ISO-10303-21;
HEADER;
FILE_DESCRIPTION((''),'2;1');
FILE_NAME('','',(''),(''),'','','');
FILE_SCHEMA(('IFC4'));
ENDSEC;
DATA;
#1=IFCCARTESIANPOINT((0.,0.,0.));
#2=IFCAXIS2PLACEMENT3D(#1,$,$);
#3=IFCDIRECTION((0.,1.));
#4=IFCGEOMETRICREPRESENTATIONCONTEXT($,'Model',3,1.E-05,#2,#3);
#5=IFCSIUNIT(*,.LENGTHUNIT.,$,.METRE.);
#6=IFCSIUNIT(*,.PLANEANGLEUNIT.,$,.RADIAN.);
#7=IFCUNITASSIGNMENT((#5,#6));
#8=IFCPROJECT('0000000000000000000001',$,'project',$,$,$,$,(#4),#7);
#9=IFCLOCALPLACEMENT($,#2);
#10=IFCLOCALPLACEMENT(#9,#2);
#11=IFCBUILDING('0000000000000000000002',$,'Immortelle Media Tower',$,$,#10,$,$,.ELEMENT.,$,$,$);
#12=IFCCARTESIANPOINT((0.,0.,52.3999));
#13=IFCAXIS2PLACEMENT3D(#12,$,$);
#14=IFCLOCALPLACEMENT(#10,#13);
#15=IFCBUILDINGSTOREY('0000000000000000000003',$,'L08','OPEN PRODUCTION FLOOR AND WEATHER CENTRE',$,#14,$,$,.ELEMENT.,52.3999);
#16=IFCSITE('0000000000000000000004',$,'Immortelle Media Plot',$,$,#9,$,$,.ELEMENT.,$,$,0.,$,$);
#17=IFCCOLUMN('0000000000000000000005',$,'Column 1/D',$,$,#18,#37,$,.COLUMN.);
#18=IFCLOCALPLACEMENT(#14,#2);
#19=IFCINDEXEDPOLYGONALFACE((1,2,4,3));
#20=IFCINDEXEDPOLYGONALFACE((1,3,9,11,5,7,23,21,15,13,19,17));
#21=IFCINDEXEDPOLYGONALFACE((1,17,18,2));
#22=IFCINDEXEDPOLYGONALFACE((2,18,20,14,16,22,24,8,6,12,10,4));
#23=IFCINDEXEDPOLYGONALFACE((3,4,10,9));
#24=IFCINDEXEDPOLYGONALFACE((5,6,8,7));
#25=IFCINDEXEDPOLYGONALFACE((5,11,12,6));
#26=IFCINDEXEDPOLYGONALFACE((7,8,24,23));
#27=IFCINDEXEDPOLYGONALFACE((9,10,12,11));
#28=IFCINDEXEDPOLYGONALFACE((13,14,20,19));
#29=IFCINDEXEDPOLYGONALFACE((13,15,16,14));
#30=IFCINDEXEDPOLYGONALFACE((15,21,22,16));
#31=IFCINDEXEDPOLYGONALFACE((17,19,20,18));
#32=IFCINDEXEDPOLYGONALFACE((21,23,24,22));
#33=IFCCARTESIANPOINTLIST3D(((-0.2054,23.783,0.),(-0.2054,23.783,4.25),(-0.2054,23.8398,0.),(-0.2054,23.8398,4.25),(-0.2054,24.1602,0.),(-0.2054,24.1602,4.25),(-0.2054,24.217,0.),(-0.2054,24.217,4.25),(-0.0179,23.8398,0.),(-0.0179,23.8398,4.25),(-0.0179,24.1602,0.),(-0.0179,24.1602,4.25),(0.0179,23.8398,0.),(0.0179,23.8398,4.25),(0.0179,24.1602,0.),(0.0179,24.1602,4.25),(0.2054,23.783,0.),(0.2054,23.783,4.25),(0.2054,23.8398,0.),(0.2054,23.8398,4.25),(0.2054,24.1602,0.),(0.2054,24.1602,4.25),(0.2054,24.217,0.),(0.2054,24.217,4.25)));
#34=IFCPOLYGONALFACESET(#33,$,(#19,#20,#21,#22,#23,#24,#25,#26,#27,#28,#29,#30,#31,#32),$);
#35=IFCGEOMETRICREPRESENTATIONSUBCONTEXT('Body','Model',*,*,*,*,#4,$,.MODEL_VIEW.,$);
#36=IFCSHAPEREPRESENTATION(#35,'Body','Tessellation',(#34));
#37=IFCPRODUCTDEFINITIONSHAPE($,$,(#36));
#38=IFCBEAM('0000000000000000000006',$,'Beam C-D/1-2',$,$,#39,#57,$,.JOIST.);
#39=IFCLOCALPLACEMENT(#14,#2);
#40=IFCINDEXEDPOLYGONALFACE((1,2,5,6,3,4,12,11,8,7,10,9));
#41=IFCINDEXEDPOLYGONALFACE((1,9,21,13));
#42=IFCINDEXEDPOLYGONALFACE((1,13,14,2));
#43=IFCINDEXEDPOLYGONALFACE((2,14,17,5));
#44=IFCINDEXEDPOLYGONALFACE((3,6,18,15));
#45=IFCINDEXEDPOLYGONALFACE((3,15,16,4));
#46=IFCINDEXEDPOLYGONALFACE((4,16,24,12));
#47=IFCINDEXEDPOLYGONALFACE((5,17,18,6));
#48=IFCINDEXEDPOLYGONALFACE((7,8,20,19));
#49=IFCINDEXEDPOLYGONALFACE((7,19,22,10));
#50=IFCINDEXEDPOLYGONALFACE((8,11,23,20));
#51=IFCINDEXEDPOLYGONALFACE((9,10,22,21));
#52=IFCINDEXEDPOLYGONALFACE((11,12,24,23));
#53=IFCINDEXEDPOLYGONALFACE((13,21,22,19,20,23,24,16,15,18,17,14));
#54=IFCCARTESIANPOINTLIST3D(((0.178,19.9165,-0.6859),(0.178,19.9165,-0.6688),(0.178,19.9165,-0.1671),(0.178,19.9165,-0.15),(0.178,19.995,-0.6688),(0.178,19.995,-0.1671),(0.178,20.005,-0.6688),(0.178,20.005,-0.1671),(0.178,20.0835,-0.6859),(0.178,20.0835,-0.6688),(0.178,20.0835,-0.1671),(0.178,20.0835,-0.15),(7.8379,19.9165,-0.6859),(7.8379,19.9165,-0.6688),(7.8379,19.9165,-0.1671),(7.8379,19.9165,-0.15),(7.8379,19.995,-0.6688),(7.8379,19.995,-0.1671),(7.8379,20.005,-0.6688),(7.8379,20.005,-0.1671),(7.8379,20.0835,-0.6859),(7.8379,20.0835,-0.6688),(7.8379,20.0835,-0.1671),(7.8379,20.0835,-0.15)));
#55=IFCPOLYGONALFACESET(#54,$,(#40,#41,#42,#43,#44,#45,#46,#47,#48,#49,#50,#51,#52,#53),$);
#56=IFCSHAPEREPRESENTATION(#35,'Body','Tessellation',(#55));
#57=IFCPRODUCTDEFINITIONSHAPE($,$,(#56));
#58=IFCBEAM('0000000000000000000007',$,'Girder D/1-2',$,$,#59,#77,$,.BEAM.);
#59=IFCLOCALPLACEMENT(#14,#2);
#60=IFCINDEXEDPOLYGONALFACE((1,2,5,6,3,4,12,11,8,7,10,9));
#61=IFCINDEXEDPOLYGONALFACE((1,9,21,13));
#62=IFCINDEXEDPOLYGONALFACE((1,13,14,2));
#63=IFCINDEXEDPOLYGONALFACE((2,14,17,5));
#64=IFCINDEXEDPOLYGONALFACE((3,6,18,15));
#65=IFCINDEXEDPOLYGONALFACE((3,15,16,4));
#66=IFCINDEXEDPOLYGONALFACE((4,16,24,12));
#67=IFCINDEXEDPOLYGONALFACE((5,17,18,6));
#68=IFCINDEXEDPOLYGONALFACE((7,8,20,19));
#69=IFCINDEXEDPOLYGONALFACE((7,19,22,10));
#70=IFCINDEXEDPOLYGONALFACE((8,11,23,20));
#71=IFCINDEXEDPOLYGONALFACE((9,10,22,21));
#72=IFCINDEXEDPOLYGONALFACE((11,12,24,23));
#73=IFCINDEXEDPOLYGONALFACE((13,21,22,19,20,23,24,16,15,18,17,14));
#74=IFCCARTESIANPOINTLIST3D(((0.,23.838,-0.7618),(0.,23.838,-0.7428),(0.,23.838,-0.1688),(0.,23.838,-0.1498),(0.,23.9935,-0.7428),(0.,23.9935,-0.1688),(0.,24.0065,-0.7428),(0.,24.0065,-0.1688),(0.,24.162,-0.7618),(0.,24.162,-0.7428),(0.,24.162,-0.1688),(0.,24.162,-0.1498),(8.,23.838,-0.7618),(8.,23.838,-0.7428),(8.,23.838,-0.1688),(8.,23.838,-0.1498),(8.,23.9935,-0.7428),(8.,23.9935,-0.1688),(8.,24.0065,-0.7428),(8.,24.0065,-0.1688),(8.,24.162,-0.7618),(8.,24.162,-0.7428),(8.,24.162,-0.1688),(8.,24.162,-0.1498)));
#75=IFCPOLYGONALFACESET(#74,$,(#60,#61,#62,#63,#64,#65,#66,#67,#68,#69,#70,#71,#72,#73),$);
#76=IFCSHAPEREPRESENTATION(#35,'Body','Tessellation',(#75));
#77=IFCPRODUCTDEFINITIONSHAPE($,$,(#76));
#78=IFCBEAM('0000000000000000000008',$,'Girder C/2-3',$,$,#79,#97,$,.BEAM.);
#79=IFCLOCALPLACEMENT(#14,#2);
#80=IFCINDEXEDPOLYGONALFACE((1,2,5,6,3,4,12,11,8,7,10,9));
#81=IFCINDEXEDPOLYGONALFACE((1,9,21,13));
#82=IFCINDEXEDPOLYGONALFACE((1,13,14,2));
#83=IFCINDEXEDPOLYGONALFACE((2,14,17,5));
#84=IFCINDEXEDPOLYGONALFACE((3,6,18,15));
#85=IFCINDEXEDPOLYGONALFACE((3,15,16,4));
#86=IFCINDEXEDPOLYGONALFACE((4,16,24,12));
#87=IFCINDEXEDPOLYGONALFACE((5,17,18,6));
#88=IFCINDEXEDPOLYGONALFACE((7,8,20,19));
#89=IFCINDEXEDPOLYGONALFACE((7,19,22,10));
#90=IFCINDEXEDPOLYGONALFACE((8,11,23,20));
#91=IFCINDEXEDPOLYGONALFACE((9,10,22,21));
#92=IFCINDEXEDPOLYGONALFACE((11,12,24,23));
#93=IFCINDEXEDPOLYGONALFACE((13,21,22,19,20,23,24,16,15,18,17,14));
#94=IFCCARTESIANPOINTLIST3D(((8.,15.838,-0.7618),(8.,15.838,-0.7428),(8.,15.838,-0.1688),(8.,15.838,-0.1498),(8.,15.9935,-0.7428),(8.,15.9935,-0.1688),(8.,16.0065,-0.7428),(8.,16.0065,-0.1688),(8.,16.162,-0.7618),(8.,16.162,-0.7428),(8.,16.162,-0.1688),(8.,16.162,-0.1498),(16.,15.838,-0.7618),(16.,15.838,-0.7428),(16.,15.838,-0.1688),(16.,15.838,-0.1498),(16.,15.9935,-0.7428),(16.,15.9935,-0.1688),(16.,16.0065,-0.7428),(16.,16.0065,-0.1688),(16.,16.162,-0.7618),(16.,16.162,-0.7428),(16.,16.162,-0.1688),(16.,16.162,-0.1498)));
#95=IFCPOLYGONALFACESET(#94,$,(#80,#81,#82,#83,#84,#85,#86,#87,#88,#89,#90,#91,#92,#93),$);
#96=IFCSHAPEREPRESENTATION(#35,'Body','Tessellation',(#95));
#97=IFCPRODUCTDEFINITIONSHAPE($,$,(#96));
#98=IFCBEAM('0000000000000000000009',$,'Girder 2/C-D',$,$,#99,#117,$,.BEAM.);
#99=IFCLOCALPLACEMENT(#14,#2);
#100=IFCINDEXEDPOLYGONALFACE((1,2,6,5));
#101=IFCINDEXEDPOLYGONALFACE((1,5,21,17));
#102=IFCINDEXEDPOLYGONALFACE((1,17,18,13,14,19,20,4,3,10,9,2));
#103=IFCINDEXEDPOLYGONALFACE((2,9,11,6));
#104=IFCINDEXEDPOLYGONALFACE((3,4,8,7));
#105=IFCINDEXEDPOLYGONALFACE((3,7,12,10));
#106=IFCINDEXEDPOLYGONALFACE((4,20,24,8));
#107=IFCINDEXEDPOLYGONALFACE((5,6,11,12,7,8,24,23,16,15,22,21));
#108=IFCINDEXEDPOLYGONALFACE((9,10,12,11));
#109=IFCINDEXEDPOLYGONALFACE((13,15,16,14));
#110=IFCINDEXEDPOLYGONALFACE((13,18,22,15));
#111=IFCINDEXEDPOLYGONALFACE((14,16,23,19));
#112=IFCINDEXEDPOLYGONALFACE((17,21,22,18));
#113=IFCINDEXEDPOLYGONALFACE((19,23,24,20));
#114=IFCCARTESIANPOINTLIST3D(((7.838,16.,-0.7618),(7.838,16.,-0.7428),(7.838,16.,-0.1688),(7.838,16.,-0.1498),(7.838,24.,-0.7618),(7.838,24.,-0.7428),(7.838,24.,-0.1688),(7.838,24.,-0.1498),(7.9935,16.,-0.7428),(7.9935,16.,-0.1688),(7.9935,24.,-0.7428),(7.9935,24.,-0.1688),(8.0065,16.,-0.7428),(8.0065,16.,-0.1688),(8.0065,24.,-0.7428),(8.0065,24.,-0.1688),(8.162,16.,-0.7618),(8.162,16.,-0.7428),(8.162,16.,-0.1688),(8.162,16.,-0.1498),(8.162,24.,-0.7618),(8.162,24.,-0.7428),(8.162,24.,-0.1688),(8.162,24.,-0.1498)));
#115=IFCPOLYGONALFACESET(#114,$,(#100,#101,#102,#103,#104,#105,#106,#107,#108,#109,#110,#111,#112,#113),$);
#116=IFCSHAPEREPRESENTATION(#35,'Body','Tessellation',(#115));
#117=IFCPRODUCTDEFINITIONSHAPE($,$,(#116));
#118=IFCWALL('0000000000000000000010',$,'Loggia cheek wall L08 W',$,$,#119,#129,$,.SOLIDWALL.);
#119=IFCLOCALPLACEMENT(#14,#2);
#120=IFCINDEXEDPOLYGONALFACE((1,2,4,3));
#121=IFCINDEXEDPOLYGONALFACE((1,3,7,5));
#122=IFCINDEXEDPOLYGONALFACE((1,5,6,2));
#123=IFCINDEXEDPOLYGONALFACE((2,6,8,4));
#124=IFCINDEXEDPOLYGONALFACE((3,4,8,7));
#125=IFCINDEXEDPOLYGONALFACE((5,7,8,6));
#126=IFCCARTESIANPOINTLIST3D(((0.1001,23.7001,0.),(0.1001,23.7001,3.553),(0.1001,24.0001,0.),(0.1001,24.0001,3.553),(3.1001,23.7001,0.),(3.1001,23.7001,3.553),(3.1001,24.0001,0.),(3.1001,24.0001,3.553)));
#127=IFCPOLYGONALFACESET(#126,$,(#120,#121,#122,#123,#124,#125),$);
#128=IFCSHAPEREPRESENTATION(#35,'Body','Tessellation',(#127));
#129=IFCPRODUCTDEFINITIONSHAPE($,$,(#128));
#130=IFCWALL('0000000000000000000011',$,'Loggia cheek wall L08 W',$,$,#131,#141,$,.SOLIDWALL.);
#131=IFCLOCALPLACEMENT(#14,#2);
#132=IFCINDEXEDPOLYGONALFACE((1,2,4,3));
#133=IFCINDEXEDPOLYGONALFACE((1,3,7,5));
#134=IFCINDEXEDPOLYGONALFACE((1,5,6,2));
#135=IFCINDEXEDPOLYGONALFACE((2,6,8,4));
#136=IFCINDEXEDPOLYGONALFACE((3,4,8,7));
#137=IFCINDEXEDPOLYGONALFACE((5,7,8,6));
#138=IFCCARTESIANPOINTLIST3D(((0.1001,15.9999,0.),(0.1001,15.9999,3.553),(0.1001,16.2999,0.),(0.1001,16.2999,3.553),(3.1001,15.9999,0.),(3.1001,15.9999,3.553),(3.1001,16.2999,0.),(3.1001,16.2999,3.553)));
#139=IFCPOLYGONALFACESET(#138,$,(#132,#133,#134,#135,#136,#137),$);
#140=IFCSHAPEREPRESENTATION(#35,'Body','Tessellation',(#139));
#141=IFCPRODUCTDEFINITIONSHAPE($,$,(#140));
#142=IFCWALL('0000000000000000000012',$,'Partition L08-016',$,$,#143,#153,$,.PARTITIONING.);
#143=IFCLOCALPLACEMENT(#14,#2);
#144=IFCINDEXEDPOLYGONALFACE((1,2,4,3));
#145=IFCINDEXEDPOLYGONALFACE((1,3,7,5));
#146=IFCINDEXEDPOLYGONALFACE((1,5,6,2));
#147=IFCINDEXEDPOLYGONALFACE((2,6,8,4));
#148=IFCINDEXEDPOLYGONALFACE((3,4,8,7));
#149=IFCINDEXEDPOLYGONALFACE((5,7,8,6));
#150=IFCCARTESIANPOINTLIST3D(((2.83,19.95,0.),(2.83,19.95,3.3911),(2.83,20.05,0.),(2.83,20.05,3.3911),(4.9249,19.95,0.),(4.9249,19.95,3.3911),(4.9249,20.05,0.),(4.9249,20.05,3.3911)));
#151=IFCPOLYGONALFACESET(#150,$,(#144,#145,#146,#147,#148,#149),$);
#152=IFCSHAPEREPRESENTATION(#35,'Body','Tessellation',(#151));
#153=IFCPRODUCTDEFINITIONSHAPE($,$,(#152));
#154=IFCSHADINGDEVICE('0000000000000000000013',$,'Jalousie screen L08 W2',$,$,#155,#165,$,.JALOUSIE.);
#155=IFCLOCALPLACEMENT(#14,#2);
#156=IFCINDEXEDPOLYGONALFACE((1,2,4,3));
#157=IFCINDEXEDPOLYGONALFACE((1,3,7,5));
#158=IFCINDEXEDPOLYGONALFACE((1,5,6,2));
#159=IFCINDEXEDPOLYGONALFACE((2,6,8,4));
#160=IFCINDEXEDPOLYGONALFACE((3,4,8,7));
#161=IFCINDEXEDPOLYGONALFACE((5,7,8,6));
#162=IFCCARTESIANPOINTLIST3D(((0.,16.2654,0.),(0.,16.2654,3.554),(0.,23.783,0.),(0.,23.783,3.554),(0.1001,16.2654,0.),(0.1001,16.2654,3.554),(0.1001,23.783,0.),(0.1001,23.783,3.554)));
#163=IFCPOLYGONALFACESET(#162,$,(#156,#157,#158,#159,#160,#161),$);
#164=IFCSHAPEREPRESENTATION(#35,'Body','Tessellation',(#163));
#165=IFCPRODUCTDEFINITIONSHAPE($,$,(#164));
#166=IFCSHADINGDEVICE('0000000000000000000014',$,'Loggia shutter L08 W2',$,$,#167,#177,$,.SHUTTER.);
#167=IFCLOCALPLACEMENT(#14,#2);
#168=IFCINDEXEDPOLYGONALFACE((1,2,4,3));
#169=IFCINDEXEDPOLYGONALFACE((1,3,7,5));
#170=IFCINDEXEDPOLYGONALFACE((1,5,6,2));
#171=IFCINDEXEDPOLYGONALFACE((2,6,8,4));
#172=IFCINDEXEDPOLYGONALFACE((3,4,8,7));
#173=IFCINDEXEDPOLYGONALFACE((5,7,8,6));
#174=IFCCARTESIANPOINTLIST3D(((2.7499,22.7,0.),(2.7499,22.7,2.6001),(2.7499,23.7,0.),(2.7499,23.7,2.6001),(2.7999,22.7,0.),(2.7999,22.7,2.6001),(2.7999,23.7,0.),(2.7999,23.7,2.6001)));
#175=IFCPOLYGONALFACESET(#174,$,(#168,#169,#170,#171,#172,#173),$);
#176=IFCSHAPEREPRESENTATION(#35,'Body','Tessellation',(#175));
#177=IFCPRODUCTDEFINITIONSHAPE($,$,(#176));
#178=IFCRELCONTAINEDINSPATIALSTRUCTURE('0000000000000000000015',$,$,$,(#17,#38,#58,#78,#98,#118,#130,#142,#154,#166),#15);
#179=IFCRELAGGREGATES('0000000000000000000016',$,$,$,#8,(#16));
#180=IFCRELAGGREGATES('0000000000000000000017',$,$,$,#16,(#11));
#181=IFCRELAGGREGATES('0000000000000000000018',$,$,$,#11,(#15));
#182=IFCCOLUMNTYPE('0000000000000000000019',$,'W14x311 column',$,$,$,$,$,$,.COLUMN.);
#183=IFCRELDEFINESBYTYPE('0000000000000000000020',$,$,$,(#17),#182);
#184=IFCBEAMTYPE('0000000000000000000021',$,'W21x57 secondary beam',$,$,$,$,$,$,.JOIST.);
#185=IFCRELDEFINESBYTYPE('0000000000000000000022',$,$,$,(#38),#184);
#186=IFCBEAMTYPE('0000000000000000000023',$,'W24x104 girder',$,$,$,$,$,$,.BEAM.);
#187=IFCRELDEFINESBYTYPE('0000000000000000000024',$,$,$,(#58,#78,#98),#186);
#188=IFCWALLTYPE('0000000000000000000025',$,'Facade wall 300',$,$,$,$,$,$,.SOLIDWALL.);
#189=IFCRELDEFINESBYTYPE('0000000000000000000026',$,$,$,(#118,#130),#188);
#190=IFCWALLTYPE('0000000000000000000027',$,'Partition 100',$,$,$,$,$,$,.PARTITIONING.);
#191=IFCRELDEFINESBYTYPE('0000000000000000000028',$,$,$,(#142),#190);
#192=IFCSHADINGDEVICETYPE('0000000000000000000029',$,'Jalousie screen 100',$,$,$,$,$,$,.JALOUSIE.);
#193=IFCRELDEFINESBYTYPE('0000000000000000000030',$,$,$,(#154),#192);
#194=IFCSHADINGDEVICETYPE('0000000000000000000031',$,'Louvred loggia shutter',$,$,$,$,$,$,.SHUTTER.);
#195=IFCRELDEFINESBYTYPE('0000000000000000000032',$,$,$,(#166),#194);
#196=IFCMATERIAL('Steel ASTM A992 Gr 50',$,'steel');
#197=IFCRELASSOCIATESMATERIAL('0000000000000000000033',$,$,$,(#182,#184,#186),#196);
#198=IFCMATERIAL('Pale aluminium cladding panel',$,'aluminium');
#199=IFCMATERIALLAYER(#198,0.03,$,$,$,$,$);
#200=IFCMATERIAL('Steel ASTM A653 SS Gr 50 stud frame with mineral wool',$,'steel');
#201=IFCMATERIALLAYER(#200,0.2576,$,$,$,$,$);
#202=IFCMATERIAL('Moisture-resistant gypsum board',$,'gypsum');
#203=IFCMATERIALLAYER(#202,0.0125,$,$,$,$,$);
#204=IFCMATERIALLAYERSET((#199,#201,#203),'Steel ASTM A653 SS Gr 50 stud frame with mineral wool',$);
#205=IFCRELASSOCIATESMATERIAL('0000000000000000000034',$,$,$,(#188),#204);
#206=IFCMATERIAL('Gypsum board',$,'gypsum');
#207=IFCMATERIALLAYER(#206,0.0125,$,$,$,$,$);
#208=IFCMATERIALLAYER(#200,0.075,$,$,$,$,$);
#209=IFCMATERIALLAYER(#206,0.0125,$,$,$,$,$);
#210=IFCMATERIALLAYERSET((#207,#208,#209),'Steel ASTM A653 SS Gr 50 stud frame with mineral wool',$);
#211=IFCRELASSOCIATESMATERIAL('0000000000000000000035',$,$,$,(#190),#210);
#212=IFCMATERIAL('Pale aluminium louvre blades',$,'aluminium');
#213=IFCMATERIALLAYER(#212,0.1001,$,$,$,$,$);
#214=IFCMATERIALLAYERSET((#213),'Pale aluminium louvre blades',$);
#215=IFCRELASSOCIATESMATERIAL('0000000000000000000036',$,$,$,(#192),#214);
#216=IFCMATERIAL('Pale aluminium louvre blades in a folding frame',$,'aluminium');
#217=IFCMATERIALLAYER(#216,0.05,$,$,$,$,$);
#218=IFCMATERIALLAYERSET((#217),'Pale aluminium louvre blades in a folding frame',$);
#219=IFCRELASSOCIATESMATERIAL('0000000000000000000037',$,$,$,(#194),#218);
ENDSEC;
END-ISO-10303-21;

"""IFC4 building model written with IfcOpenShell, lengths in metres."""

from ifc_helpers import new_model, si_unit, direction, frame, frame_2d, origin, origin_2d, place, context, subcontext, project, spatial, rectangle, i_section, extrude, material, layer, layer_set, material_profile, profile_set, type_object, element, save


model = new_model("IFC4")

# Units and contexts
model_context = context("Model", 3, precision=1e-05, world=origin(), true_north=direction((0.0, 1.0)))
body_context = subcontext(model_context, "Body", "Model", "MODEL_VIEW")
ifc_project = project(units=[si_unit("LENGTHUNIT", "METRE"), si_unit("PLANEANGLEUNIT", "RADIAN")], contexts=[model_context])

# Site, building, storey
site_placement = place(None, origin())
site = spatial("IfcSite", under=ifc_project, at=site_placement, Name="Immortelle Media Plot", CompositionType="ELEMENT", RefElevation=0.0)
building_placement = place(site_placement, origin())
building = spatial("IfcBuilding", under=site, at=building_placement, Name="Immortelle Media Tower", CompositionType="ELEMENT")
storey_placement = place(building_placement, frame((0.0, 0.0, 52.3999)))
storey = spatial("IfcBuildingStorey", under=building, at=storey_placement, Name="L08", Description="OPEN PRODUCTION FLOOR AND WEATHER CENTRE", CompositionType="ELEMENT", Elevation=52.3999)

# Column
ifc_material_1 = material(Name="Steel ASTM A992 Gr 50", Category="steel")
ifc_material_profile_1 = material_profile(ifc_material_1, i_section(OverallWidth=0.4109, OverallDepth=0.4341, WebThickness=0.0359, FlangeThickness=0.0569, at=origin_2d()), Name="W14x311")
ifc_profile_set_1 = profile_set([ifc_material_profile_1], Name="Steel ASTM A992 Gr 50")
column_type = type_object("IfcColumnType", Name="W14x311 column", PredefinedType="COLUMN", material=ifc_profile_set_1)
column_placement = place(storey_placement, frame((0.0, 24.0, 0.0), z_axis=(0.0, 0.0, 1.0), x_axis=(1.0, 0.0, 0.0)))
element("IfcColumn", 1, at=column_placement, inside=storey, type_object=column_type, Name="Column 1/D", PredefinedType="COLUMN", context=body_context, shape_type="SweptSolid", body=[
    extrude(i_section(OverallWidth=0.4109, OverallDepth=0.4341, WebThickness=0.0359, FlangeThickness=0.0569, at=origin_2d()), origin(), (0.0, 0.0, 1.0), 4.25),
])

# Beams
ifc_material_profile_2 = material_profile(ifc_material_1, i_section(OverallWidth=0.167, OverallDepth=0.5359, WebThickness=0.01, FlangeThickness=0.0171, at=origin_2d()), Name="W21x57")
ifc_profile_set_2 = profile_set([ifc_material_profile_2], Name="Steel ASTM A992 Gr 50")
beam_type_1 = type_object("IfcBeamType", Name="W21x57 secondary beam", PredefinedType="JOIST", material=ifc_profile_set_2)
beam_placement = place(storey_placement, frame((0.178, 20.0, -0.418), z_axis=(1.0, 0.0, 0.0), x_axis=(0.0, 1.0, 0.0)))
element("IfcBeam", 2, at=beam_placement, inside=storey, type_object=beam_type_1, Name="Beam C-D/1-2", PredefinedType="JOIST", context=body_context, shape_type="SweptSolid", body=[
    extrude(i_section(OverallWidth=0.167, OverallDepth=0.5359, WebThickness=0.01, FlangeThickness=0.0171, at=origin_2d()), origin(), (0.0, 0.0, 1.0), 7.6599),
])
ifc_material_profile_3 = material_profile(ifc_material_1, i_section(OverallWidth=0.324, OverallDepth=0.6121, WebThickness=0.0129, FlangeThickness=0.019, at=origin_2d()), Name="W24x104")
ifc_profile_set_3 = profile_set([ifc_material_profile_3], Name="Steel ASTM A992 Gr 50")
beam_type_2 = type_object("IfcBeamType", Name="W24x104 girder", PredefinedType="BEAM", material=ifc_profile_set_3)
for number, where, z_axis, x_axis, name in (
    (3, (0.0, 24.0, -0.4558), (1.0, 0.0, 0.0), (0.0, 1.0, 0.0), "Girder D/1-2"),
    (4, (8.0, 16.0, -0.4558), (1.0, 0.0, 0.0), (0.0, 1.0, 0.0), "Girder C/2-3"),
    (5, (8.0, 16.0, -0.4558), (0.0, 1.0, 0.0), (-1.0, 0.0, 0.0), "Girder 2/C-D"),
):
    element("IfcBeam", number, at=place(storey_placement, frame(where, z_axis=z_axis, x_axis=x_axis)), inside=storey, type_object=beam_type_2, Name=name, PredefinedType="BEAM", context=body_context, shape_type="SweptSolid", body=[
        extrude(i_section(OverallWidth=0.324, OverallDepth=0.6121, WebThickness=0.0129, FlangeThickness=0.019, at=origin_2d()), origin(), (0.0, 0.0, 1.0), 8.0),
    ])

# Shared definitions
ifc_material_2 = material(Name="Pale aluminium cladding panel", Category="aluminium")
ifc_layer_1 = layer(ifc_material_2, 0.03)
ifc_material_3 = material(Name="Steel ASTM A653 SS Gr 50 stud frame with mineral wool", Category="steel")
ifc_layer_2 = layer(ifc_material_3, 0.2576)
ifc_material_4 = material(Name="Moisture-resistant gypsum board", Category="gypsum")
ifc_layer_3 = layer(ifc_material_4, 0.0125)
ifc_layer_set_1 = layer_set([ifc_layer_1, ifc_layer_2, ifc_layer_3], Name="Steel ASTM A653 SS Gr 50 stud frame with mineral wool")
wall_type_1 = type_object("IfcWallType", Name="Facade wall 300", PredefinedType="SOLIDWALL", material=ifc_layer_set_1)

# Walls
for number, where, z_axis, x_axis, name in (
    (6, (0.1001, 23.8501, 0.0), (0.0, 0.0, 1.0), (1.0, 0.0, 0.0), "Loggia cheek wall L08 W"),
    (7, (0.1001, 16.1499, 0.0), (0.0, 0.0, 1.0), (1.0, 0.0, 0.0), "Loggia cheek wall L08 W"),
):
    element("IfcWall", number, at=place(storey_placement, frame(where, z_axis=z_axis, x_axis=x_axis)), inside=storey, type_object=wall_type_1, Name=name, PredefinedType="SOLIDWALL", context=body_context, shape_type="SweptSolid", body=[
        extrude(rectangle(XDim=3.0, YDim=0.3, at=frame_2d((1.5, 0.0))), origin(), (0.0, 0.0, 1.0), 3.553),
    ])
ifc_material_5 = material(Name="Gypsum board", Category="gypsum")
ifc_layer_4 = layer(ifc_material_5, 0.0125)
ifc_layer_5 = layer(ifc_material_3, 0.075)
ifc_layer_6 = layer(ifc_material_5, 0.0125)
ifc_layer_set_2 = layer_set([ifc_layer_4, ifc_layer_5, ifc_layer_6], Name="Steel ASTM A653 SS Gr 50 stud frame with mineral wool")
wall_type_2 = type_object("IfcWallType", Name="Partition 100", PredefinedType="PARTITIONING", material=ifc_layer_set_2)
wall_1_placement = place(storey_placement, frame((2.8301, 20.0, 0.0), z_axis=(0.0, 0.0, 1.0), x_axis=(1.0, 0.0, 0.0)))
element("IfcWall", 8, at=wall_1_placement, inside=storey, type_object=wall_type_2, Name="Partition L08-016", PredefinedType="PARTITIONING", context=body_context, shape_type="SweptSolid", body=[
    extrude(rectangle(XDim=2.095, YDim=0.1001, at=frame_2d((1.0474, 0.0))), origin(), (0.0, 0.0, 1.0), 3.3911),
])

# Shading devices
ifc_material_6 = material(Name="Pale aluminium louvre blades", Category="aluminium")
ifc_layer_7 = layer(ifc_material_6, 0.1001)
ifc_layer_set_3 = layer_set([ifc_layer_7], Name="Pale aluminium louvre blades")
shading_device_type_1 = type_object("IfcShadingDeviceType", Name="Jalousie screen 100", PredefinedType="JALOUSIE", material=ifc_layer_set_3)
shading_device_1_placement = place(storey_placement, frame((0.05, 20.0242, 0.0), z_axis=(0.0, 0.0, 1.0), x_axis=(0.0, -1.0, 0.0)))
element("IfcShadingDevice", 9, at=shading_device_1_placement, inside=storey, type_object=shading_device_type_1, Name="Jalousie screen L08 W2", PredefinedType="JALOUSIE", context=body_context, shape_type="SweptSolid", body=[
    extrude(rectangle(XDim=7.5176, YDim=0.1001, at=origin_2d()), origin(), (0.0, 0.0, 1.0), 3.554),
])
ifc_material_7 = material(Name="Pale aluminium louvre blades in a folding frame", Category="aluminium")
ifc_layer_8 = layer(ifc_material_7, 0.05)
ifc_layer_set_4 = layer_set([ifc_layer_8], Name="Pale aluminium louvre blades in a folding frame")
shading_device_type_2 = type_object("IfcShadingDeviceType", Name="Louvred loggia shutter", PredefinedType="SHUTTER", material=ifc_layer_set_4)
shading_device_2_placement = place(storey_placement, frame((2.7749, 23.2, 0.0), z_axis=(0.0, 0.0, 1.0), x_axis=(0.0, -1.0, 0.0)))
element("IfcShadingDevice", 10, at=shading_device_2_placement, inside=storey, type_object=shading_device_type_2, Name="Loggia shutter L08 W2", PredefinedType="SHUTTER", context=body_context, shape_type="SweptSolid", body=[
    extrude(rectangle(XDim=1.0, YDim=0.05, at=origin_2d()), origin(), (0.0, 0.0, 1.0), 2.6001),
])

save(model, "model.ifc")
